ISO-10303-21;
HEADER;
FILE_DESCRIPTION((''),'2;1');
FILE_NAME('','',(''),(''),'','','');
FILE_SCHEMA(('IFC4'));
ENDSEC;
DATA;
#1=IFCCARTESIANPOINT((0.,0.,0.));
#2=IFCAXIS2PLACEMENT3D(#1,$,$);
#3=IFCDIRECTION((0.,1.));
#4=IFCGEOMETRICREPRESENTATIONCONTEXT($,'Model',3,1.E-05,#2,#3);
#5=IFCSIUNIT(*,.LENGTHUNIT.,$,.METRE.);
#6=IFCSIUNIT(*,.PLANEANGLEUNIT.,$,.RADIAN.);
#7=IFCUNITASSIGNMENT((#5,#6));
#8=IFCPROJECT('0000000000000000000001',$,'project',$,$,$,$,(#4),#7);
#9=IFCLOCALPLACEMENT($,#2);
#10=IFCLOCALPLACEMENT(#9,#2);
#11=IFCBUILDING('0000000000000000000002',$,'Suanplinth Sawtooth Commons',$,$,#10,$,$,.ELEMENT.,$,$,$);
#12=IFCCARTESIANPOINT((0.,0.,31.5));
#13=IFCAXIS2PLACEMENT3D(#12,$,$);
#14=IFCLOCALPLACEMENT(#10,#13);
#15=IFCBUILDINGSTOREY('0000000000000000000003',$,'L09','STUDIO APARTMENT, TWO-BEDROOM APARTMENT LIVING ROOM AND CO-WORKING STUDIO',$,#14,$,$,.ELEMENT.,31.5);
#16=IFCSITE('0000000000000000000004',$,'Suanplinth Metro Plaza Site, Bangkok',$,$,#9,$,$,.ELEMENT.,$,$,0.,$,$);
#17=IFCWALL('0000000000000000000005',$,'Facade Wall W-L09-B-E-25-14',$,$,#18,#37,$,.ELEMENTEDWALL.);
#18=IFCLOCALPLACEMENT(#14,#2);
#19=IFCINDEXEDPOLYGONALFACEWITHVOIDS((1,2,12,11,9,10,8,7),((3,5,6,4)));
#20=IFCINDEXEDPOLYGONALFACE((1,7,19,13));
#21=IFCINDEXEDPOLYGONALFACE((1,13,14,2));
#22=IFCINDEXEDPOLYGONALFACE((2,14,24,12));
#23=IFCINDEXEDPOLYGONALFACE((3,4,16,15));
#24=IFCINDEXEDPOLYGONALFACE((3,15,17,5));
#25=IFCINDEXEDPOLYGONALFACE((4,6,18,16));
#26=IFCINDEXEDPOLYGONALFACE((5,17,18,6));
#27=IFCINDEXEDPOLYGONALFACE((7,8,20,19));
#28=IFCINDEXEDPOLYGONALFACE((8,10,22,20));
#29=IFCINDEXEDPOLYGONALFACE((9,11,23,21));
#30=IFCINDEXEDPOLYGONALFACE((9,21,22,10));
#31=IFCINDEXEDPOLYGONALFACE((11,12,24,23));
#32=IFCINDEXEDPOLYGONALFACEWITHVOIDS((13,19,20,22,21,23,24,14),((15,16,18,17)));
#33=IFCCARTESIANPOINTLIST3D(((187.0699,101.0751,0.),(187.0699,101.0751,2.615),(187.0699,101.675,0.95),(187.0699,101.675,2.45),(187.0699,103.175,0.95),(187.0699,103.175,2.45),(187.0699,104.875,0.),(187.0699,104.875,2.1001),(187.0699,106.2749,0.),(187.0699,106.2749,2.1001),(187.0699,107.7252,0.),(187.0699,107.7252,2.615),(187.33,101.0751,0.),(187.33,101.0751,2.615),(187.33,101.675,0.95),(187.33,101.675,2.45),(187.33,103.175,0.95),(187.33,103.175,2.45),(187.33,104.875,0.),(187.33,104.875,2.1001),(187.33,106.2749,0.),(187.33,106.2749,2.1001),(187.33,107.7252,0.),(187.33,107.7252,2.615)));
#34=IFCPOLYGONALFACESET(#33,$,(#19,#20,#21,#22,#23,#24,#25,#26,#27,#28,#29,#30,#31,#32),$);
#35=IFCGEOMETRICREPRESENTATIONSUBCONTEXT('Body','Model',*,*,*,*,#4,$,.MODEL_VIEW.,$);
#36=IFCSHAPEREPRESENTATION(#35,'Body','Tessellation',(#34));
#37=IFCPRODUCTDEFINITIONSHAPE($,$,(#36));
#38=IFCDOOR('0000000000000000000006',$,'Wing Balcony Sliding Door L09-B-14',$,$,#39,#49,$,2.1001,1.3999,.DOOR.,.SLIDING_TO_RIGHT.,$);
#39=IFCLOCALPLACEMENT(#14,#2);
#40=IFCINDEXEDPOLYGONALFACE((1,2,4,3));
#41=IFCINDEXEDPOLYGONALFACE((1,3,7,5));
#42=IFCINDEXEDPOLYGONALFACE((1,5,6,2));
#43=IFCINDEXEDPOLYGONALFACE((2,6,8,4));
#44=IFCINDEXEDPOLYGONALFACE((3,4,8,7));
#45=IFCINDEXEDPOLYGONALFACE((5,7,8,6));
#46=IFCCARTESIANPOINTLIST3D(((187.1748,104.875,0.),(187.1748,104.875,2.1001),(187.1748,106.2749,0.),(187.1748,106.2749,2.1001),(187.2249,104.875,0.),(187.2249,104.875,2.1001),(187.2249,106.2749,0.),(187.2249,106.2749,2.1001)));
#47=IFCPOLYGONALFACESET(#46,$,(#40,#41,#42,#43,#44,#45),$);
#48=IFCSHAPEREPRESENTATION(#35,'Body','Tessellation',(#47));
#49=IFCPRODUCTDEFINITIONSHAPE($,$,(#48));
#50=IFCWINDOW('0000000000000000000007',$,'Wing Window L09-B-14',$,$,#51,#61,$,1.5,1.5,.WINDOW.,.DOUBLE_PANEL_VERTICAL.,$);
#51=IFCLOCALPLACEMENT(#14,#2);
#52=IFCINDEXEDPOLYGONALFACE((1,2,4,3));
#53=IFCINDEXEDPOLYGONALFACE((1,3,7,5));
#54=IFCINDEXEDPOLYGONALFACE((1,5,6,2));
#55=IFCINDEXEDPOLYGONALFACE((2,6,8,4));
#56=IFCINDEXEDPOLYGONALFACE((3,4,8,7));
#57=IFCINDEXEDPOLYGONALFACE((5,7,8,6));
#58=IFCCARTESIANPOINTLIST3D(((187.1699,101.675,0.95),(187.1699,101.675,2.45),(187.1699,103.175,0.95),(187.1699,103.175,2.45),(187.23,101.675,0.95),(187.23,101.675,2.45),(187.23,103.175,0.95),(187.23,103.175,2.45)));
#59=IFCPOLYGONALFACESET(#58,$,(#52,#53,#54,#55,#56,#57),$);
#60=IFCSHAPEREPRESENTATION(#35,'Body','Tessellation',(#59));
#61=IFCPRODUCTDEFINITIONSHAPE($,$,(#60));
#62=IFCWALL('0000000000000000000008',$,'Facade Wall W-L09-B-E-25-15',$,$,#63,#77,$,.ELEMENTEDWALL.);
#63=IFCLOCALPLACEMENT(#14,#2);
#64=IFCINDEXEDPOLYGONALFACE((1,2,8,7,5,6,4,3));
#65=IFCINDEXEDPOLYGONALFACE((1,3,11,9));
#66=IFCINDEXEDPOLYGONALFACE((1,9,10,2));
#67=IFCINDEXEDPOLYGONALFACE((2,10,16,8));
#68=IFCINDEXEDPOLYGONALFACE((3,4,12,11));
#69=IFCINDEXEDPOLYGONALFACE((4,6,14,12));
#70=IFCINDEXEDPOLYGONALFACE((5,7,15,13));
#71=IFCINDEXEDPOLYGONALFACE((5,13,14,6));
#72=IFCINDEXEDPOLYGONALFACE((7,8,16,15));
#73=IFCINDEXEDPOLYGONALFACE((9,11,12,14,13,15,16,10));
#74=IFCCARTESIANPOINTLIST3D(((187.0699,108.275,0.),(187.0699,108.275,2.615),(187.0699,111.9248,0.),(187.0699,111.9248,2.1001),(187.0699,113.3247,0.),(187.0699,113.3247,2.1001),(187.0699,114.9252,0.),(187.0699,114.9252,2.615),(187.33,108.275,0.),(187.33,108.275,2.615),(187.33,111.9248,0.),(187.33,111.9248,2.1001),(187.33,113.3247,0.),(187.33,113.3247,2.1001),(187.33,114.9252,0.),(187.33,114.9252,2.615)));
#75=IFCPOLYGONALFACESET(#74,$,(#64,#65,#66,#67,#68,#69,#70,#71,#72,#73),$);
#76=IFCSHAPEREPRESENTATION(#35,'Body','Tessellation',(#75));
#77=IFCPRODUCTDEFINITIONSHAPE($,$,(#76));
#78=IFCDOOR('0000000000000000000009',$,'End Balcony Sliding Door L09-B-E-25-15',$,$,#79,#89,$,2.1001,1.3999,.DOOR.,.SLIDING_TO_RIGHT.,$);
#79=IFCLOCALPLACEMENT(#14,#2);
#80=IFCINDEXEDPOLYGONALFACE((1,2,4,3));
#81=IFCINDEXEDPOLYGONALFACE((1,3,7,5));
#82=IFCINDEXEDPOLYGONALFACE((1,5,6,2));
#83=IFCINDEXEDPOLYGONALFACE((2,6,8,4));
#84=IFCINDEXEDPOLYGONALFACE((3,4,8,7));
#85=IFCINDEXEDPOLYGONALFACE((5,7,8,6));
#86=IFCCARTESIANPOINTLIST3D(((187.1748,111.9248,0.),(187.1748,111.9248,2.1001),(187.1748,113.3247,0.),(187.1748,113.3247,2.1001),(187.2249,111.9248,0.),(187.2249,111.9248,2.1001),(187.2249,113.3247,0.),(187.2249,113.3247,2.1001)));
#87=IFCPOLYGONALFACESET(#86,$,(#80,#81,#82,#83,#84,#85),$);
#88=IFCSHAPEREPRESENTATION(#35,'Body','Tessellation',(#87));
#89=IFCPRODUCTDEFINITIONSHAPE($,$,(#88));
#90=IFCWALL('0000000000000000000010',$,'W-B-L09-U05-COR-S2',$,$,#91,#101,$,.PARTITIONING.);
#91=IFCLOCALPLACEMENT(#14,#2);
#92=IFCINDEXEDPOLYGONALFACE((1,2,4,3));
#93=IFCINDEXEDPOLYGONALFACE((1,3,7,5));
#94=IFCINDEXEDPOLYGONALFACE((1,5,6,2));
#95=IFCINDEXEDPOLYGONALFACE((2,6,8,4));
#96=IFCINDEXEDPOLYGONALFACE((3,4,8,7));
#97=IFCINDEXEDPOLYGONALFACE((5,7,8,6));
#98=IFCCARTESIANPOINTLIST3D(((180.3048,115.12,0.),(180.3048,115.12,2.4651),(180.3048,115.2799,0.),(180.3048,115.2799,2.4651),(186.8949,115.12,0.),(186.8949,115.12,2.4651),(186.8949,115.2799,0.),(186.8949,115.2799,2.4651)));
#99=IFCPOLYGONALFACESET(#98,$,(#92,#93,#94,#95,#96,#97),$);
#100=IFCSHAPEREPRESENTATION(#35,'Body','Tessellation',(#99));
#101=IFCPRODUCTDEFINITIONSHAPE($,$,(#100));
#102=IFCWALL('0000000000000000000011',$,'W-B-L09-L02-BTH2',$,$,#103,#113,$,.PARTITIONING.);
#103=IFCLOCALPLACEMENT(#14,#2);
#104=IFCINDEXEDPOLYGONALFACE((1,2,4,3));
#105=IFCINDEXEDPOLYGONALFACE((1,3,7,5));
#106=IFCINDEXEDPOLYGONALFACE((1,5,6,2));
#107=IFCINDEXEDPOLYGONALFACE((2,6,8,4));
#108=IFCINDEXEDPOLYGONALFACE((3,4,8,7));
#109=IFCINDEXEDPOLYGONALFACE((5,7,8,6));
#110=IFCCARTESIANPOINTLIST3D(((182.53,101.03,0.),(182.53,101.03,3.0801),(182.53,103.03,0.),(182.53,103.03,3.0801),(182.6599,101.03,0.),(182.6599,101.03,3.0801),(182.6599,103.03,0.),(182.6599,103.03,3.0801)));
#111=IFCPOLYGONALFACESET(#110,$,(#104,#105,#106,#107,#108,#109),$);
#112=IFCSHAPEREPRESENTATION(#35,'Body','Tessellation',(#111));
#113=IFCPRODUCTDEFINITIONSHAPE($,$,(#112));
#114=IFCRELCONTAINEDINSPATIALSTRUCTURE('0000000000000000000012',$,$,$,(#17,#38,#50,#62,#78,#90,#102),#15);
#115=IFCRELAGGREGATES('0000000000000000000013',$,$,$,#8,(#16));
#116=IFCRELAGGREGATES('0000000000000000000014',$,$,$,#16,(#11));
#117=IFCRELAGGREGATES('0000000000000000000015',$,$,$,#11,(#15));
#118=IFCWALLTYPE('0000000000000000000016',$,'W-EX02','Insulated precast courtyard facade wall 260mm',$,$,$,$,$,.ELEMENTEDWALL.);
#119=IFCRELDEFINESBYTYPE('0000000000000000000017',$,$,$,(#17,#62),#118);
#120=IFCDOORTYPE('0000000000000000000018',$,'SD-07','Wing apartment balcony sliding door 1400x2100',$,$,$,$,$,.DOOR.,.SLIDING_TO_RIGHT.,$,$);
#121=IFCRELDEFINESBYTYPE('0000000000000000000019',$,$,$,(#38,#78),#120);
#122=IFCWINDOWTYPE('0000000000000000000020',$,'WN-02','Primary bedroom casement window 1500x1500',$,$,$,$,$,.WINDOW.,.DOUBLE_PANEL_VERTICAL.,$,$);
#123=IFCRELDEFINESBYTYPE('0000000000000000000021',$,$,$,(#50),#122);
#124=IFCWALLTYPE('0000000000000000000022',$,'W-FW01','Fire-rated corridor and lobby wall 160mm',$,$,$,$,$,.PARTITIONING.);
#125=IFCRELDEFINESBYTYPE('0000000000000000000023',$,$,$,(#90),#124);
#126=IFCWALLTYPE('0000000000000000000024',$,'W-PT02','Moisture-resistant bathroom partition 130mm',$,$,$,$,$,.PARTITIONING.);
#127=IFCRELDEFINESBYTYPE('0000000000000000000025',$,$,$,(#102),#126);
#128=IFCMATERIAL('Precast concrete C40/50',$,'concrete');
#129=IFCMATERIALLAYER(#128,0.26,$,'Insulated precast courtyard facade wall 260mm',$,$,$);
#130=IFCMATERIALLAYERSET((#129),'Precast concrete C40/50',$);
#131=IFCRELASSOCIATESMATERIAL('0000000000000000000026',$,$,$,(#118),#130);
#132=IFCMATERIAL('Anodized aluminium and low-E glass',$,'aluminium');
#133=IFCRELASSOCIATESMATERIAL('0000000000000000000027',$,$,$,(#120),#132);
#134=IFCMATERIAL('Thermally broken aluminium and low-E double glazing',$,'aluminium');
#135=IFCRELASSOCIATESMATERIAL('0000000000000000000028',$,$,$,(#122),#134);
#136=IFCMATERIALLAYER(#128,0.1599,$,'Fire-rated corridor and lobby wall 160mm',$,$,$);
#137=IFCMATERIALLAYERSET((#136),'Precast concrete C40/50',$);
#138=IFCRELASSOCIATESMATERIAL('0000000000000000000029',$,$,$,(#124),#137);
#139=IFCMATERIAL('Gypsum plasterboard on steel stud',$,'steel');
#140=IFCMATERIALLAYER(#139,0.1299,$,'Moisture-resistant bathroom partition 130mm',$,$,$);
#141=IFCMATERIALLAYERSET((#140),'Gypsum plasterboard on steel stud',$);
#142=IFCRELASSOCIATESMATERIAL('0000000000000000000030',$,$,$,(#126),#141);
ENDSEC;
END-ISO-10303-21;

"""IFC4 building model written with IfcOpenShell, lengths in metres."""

from ifc_helpers import new_model, si_unit, direction, frame, frame_2d, origin, place, context, subcontext, project, spatial, rectangle, extrude, material, layer, layer_set, type_object, element, fill, save


model = new_model("IFC4")

# Units and contexts
model_context = context("Model", 3, precision=1e-05, world=origin(), true_north=direction((0.0, 1.0)))
body_context = subcontext(model_context, "Body", "Model", "MODEL_VIEW")
ifc_project = project(units=[si_unit("LENGTHUNIT", "METRE"), si_unit("PLANEANGLEUNIT", "RADIAN")], contexts=[model_context])

# Site, building, storey
site_placement = place(None, origin())
site = spatial("IfcSite", under=ifc_project, at=site_placement, Name="Suanplinth Metro Plaza Site, Bangkok", CompositionType="ELEMENT", RefElevation=0.0)
building_placement = place(site_placement, origin())
building = spatial("IfcBuilding", under=site, at=building_placement, Name="Suanplinth Sawtooth Commons", CompositionType="ELEMENT")
storey_placement = place(building_placement, frame((0.0, 0.0, 31.5)))
storey = spatial("IfcBuildingStorey", under=building, at=storey_placement, Name="L09", Description="STUDIO APARTMENT, TWO-BEDROOM APARTMENT LIVING ROOM AND CO-WORKING STUDIO", CompositionType="ELEMENT", Elevation=31.5)

# Shared definitions
ifc_material_1 = material(Name="Precast concrete C40/50", Category="concrete")

# Wall, openings, door, window
ifc_layer_1 = layer(ifc_material_1, 0.26, Name="Insulated precast courtyard facade wall 260mm")
ifc_layer_set_1 = layer_set([ifc_layer_1], Name="Precast concrete C40/50")
wall_type_1 = type_object("IfcWallType", Name="W-EX02", Description="Insulated precast courtyard facade wall 260mm", PredefinedType="ELEMENTEDWALL", material=ifc_layer_set_1)
wall_1_placement = place(storey_placement, frame((187.2, 101.075, 0.0), z_axis=(0.0, 0.0, 1.0), x_axis=(0.0, 1.0, 0.0)))
wall_1 = element("IfcWall", 1, at=wall_1_placement, inside=storey, type_object=wall_type_1, Name="Facade Wall W-L09-B-E-25-14", PredefinedType="ELEMENTEDWALL", context=body_context, shape_type="SweptSolid", body=[
    extrude(rectangle(XDim=6.6501, YDim=0.26, at=frame_2d((3.3252, 0.0))), origin(), (0.0, 0.0, 1.0), 2.615),
])
opening_1_placement = place(wall_1_placement, frame((3.8, 0.0, 0.0)))
opening_1 = element("IfcOpeningElement", 2, at=opening_1_placement, cuts=wall_1, PredefinedType="OPENING", context=body_context, shape_type="SweptSolid", body=[
    extrude(rectangle(XDim=1.3999, YDim=2.1001, at=frame_2d((0.7, 1.05))), frame((0.0, 0.145, 0.0), z_axis=(0.0, -1.0, 0.0), x_axis=(1.0, 0.0, 0.0)), (0.0, 0.0, 1.0), 0.2898),
])
opening_2_placement = place(wall_1_placement, frame((0.6001, 0.0, 0.95)))
opening_2 = element("IfcOpeningElement", 3, at=opening_2_placement, cuts=wall_1, PredefinedType="OPENING", context=body_context, shape_type="SweptSolid", body=[
    extrude(rectangle(XDim=1.5, YDim=1.5, at=frame_2d((0.75, 0.75))), frame((0.0, 0.145, 0.0), z_axis=(0.0, -1.0, 0.0), x_axis=(1.0, 0.0, 0.0)), (0.0, 0.0, 1.0), 0.2898),
])
ifc_material_2 = material(Name="Anodized aluminium and low-E glass", Category="aluminium")
door_type = type_object("IfcDoorType", Name="SD-07", Description="Wing apartment balcony sliding door 1400x2100", OperationType="SLIDING_TO_RIGHT", PredefinedType="DOOR", material=ifc_material_2)
door_1_placement = place(opening_1_placement, frame((1.3999, 0.0, 0.0), z_axis=(0.0, 0.0, 1.0), x_axis=(-1.0, 0.0, 0.0)))
door_1 = element("IfcDoor", 4, at=door_1_placement, inside=storey, type_object=door_type, Name="Wing Balcony Sliding Door L09-B-14", OperationType="SLIDING_TO_RIGHT", OverallHeight=2.1001, OverallWidth=1.3999, PredefinedType="DOOR", context=body_context, shape_type="SweptSolid", body=[
    extrude(rectangle(XDim=1.3999, YDim=2.1001, at=frame_2d((0.7, 1.05))), frame((0.0, 0.0249, 0.0), z_axis=(0.0, -1.0, 0.0), x_axis=(1.0, 0.0, 0.0)), (0.0, 0.0, 1.0), 0.05),
])
fill(opening_1, door_1)
ifc_material_3 = material(Name="Thermally broken aluminium and low-E double glazing", Category="aluminium")
window_type = type_object("IfcWindowType", Name="WN-02", Description="Primary bedroom casement window 1500x1500", PartitioningType="DOUBLE_PANEL_VERTICAL", PredefinedType="WINDOW", material=ifc_material_3)
window_placement = place(opening_2_placement, origin())
window = element("IfcWindow", 5, at=window_placement, inside=storey, type_object=window_type, Name="Wing Window L09-B-14", OverallHeight=1.5, OverallWidth=1.5, PartitioningType="DOUBLE_PANEL_VERTICAL", PredefinedType="WINDOW", context=body_context, shape_type="SweptSolid", body=[
    extrude(rectangle(XDim=1.5, YDim=1.5, at=frame_2d((0.75, 0.75))), frame((0.0, 0.03, 0.0), z_axis=(0.0, -1.0, 0.0), x_axis=(1.0, 0.0, 0.0)), (0.0, 0.0, 1.0), 0.0601),
])
fill(opening_2, window)

# Wall, opening, door
wall_2_placement = place(storey_placement, frame((187.2, 108.2749, 0.0), z_axis=(0.0, 0.0, 1.0), x_axis=(0.0, 1.0, 0.0)))
wall_2 = element("IfcWall", 6, at=wall_2_placement, inside=storey, type_object=wall_type_1, Name="Facade Wall W-L09-B-E-25-15", PredefinedType="ELEMENTEDWALL", context=body_context, shape_type="SweptSolid", body=[
    extrude(rectangle(XDim=6.6501, YDim=0.26, at=frame_2d((3.3252, 0.0))), origin(), (0.0, 0.0, 1.0), 2.615),
])
opening_3_placement = place(wall_2_placement, frame((3.6499, 0.0, 0.0)))
opening_3 = element("IfcOpeningElement", 7, at=opening_3_placement, cuts=wall_2, PredefinedType="OPENING", context=body_context, shape_type="SweptSolid", body=[
    extrude(rectangle(XDim=1.3999, YDim=2.1001, at=frame_2d((0.7, 1.05))), frame((0.0, 0.145, 0.0), z_axis=(0.0, -1.0, 0.0), x_axis=(1.0, 0.0, 0.0)), (0.0, 0.0, 1.0), 0.2898),
])
door_2_placement = place(opening_3_placement, frame((1.3999, 0.0, 0.0), z_axis=(0.0, 0.0, 1.0), x_axis=(-1.0, 0.0, 0.0)))
door_2 = element("IfcDoor", 8, at=door_2_placement, inside=storey, type_object=door_type, Name="End Balcony Sliding Door L09-B-E-25-15", OperationType="SLIDING_TO_RIGHT", OverallHeight=2.1001, OverallWidth=1.3999, PredefinedType="DOOR", context=body_context, shape_type="SweptSolid", body=[
    extrude(rectangle(XDim=1.3999, YDim=2.1001, at=frame_2d((0.7, 1.05))), frame((0.0, 0.0249, 0.0), z_axis=(0.0, -1.0, 0.0), x_axis=(1.0, 0.0, 0.0)), (0.0, 0.0, 1.0), 0.05),
])
fill(opening_3, door_2)

# Walls
ifc_layer_2 = layer(ifc_material_1, 0.1599, Name="Fire-rated corridor and lobby wall 160mm")
ifc_layer_set_2 = layer_set([ifc_layer_2], Name="Precast concrete C40/50")
wall_type_2 = type_object("IfcWallType", Name="W-FW01", Description="Fire-rated corridor and lobby wall 160mm", PredefinedType="PARTITIONING", material=ifc_layer_set_2)
wall_3_placement = place(storey_placement, frame((180.3049, 115.2, 0.0), z_axis=(0.0, 0.0, 1.0), x_axis=(1.0, 0.0, 0.0)))
element("IfcWall", 9, at=wall_3_placement, inside=storey, type_object=wall_type_2, Name="W-B-L09-U05-COR-S2", PredefinedType="PARTITIONING", context=body_context, shape_type="SweptSolid", body=[
    extrude(rectangle(XDim=6.5901, YDim=0.1599, at=frame_2d((3.2949, 0.0))), origin(), (0.0, 0.0, 1.0), 2.4651),
])
ifc_material_4 = material(Name="Gypsum plasterboard on steel stud", Category="steel")
ifc_layer_3 = layer(ifc_material_4, 0.1299, Name="Moisture-resistant bathroom partition 130mm")
ifc_layer_set_3 = layer_set([ifc_layer_3], Name="Gypsum plasterboard on steel stud")
wall_type_3 = type_object("IfcWallType", Name="W-PT02", Description="Moisture-resistant bathroom partition 130mm", PredefinedType="PARTITIONING", material=ifc_layer_set_3)
wall_4_placement = place(storey_placement, frame((182.595, 101.03, 0.0), z_axis=(0.0, 0.0, 1.0), x_axis=(0.0, 1.0, 0.0)))
element("IfcWall", 10, at=wall_4_placement, inside=storey, type_object=wall_type_3, Name="W-B-L09-L02-BTH2", PredefinedType="PARTITIONING", context=body_context, shape_type="SweptSolid", body=[
    extrude(rectangle(XDim=2.0, YDim=0.1299, at=frame_2d((1.0, 0.0))), origin(), (0.0, 0.0, 1.0), 3.0801),
])

save(model, "model.ifc")
